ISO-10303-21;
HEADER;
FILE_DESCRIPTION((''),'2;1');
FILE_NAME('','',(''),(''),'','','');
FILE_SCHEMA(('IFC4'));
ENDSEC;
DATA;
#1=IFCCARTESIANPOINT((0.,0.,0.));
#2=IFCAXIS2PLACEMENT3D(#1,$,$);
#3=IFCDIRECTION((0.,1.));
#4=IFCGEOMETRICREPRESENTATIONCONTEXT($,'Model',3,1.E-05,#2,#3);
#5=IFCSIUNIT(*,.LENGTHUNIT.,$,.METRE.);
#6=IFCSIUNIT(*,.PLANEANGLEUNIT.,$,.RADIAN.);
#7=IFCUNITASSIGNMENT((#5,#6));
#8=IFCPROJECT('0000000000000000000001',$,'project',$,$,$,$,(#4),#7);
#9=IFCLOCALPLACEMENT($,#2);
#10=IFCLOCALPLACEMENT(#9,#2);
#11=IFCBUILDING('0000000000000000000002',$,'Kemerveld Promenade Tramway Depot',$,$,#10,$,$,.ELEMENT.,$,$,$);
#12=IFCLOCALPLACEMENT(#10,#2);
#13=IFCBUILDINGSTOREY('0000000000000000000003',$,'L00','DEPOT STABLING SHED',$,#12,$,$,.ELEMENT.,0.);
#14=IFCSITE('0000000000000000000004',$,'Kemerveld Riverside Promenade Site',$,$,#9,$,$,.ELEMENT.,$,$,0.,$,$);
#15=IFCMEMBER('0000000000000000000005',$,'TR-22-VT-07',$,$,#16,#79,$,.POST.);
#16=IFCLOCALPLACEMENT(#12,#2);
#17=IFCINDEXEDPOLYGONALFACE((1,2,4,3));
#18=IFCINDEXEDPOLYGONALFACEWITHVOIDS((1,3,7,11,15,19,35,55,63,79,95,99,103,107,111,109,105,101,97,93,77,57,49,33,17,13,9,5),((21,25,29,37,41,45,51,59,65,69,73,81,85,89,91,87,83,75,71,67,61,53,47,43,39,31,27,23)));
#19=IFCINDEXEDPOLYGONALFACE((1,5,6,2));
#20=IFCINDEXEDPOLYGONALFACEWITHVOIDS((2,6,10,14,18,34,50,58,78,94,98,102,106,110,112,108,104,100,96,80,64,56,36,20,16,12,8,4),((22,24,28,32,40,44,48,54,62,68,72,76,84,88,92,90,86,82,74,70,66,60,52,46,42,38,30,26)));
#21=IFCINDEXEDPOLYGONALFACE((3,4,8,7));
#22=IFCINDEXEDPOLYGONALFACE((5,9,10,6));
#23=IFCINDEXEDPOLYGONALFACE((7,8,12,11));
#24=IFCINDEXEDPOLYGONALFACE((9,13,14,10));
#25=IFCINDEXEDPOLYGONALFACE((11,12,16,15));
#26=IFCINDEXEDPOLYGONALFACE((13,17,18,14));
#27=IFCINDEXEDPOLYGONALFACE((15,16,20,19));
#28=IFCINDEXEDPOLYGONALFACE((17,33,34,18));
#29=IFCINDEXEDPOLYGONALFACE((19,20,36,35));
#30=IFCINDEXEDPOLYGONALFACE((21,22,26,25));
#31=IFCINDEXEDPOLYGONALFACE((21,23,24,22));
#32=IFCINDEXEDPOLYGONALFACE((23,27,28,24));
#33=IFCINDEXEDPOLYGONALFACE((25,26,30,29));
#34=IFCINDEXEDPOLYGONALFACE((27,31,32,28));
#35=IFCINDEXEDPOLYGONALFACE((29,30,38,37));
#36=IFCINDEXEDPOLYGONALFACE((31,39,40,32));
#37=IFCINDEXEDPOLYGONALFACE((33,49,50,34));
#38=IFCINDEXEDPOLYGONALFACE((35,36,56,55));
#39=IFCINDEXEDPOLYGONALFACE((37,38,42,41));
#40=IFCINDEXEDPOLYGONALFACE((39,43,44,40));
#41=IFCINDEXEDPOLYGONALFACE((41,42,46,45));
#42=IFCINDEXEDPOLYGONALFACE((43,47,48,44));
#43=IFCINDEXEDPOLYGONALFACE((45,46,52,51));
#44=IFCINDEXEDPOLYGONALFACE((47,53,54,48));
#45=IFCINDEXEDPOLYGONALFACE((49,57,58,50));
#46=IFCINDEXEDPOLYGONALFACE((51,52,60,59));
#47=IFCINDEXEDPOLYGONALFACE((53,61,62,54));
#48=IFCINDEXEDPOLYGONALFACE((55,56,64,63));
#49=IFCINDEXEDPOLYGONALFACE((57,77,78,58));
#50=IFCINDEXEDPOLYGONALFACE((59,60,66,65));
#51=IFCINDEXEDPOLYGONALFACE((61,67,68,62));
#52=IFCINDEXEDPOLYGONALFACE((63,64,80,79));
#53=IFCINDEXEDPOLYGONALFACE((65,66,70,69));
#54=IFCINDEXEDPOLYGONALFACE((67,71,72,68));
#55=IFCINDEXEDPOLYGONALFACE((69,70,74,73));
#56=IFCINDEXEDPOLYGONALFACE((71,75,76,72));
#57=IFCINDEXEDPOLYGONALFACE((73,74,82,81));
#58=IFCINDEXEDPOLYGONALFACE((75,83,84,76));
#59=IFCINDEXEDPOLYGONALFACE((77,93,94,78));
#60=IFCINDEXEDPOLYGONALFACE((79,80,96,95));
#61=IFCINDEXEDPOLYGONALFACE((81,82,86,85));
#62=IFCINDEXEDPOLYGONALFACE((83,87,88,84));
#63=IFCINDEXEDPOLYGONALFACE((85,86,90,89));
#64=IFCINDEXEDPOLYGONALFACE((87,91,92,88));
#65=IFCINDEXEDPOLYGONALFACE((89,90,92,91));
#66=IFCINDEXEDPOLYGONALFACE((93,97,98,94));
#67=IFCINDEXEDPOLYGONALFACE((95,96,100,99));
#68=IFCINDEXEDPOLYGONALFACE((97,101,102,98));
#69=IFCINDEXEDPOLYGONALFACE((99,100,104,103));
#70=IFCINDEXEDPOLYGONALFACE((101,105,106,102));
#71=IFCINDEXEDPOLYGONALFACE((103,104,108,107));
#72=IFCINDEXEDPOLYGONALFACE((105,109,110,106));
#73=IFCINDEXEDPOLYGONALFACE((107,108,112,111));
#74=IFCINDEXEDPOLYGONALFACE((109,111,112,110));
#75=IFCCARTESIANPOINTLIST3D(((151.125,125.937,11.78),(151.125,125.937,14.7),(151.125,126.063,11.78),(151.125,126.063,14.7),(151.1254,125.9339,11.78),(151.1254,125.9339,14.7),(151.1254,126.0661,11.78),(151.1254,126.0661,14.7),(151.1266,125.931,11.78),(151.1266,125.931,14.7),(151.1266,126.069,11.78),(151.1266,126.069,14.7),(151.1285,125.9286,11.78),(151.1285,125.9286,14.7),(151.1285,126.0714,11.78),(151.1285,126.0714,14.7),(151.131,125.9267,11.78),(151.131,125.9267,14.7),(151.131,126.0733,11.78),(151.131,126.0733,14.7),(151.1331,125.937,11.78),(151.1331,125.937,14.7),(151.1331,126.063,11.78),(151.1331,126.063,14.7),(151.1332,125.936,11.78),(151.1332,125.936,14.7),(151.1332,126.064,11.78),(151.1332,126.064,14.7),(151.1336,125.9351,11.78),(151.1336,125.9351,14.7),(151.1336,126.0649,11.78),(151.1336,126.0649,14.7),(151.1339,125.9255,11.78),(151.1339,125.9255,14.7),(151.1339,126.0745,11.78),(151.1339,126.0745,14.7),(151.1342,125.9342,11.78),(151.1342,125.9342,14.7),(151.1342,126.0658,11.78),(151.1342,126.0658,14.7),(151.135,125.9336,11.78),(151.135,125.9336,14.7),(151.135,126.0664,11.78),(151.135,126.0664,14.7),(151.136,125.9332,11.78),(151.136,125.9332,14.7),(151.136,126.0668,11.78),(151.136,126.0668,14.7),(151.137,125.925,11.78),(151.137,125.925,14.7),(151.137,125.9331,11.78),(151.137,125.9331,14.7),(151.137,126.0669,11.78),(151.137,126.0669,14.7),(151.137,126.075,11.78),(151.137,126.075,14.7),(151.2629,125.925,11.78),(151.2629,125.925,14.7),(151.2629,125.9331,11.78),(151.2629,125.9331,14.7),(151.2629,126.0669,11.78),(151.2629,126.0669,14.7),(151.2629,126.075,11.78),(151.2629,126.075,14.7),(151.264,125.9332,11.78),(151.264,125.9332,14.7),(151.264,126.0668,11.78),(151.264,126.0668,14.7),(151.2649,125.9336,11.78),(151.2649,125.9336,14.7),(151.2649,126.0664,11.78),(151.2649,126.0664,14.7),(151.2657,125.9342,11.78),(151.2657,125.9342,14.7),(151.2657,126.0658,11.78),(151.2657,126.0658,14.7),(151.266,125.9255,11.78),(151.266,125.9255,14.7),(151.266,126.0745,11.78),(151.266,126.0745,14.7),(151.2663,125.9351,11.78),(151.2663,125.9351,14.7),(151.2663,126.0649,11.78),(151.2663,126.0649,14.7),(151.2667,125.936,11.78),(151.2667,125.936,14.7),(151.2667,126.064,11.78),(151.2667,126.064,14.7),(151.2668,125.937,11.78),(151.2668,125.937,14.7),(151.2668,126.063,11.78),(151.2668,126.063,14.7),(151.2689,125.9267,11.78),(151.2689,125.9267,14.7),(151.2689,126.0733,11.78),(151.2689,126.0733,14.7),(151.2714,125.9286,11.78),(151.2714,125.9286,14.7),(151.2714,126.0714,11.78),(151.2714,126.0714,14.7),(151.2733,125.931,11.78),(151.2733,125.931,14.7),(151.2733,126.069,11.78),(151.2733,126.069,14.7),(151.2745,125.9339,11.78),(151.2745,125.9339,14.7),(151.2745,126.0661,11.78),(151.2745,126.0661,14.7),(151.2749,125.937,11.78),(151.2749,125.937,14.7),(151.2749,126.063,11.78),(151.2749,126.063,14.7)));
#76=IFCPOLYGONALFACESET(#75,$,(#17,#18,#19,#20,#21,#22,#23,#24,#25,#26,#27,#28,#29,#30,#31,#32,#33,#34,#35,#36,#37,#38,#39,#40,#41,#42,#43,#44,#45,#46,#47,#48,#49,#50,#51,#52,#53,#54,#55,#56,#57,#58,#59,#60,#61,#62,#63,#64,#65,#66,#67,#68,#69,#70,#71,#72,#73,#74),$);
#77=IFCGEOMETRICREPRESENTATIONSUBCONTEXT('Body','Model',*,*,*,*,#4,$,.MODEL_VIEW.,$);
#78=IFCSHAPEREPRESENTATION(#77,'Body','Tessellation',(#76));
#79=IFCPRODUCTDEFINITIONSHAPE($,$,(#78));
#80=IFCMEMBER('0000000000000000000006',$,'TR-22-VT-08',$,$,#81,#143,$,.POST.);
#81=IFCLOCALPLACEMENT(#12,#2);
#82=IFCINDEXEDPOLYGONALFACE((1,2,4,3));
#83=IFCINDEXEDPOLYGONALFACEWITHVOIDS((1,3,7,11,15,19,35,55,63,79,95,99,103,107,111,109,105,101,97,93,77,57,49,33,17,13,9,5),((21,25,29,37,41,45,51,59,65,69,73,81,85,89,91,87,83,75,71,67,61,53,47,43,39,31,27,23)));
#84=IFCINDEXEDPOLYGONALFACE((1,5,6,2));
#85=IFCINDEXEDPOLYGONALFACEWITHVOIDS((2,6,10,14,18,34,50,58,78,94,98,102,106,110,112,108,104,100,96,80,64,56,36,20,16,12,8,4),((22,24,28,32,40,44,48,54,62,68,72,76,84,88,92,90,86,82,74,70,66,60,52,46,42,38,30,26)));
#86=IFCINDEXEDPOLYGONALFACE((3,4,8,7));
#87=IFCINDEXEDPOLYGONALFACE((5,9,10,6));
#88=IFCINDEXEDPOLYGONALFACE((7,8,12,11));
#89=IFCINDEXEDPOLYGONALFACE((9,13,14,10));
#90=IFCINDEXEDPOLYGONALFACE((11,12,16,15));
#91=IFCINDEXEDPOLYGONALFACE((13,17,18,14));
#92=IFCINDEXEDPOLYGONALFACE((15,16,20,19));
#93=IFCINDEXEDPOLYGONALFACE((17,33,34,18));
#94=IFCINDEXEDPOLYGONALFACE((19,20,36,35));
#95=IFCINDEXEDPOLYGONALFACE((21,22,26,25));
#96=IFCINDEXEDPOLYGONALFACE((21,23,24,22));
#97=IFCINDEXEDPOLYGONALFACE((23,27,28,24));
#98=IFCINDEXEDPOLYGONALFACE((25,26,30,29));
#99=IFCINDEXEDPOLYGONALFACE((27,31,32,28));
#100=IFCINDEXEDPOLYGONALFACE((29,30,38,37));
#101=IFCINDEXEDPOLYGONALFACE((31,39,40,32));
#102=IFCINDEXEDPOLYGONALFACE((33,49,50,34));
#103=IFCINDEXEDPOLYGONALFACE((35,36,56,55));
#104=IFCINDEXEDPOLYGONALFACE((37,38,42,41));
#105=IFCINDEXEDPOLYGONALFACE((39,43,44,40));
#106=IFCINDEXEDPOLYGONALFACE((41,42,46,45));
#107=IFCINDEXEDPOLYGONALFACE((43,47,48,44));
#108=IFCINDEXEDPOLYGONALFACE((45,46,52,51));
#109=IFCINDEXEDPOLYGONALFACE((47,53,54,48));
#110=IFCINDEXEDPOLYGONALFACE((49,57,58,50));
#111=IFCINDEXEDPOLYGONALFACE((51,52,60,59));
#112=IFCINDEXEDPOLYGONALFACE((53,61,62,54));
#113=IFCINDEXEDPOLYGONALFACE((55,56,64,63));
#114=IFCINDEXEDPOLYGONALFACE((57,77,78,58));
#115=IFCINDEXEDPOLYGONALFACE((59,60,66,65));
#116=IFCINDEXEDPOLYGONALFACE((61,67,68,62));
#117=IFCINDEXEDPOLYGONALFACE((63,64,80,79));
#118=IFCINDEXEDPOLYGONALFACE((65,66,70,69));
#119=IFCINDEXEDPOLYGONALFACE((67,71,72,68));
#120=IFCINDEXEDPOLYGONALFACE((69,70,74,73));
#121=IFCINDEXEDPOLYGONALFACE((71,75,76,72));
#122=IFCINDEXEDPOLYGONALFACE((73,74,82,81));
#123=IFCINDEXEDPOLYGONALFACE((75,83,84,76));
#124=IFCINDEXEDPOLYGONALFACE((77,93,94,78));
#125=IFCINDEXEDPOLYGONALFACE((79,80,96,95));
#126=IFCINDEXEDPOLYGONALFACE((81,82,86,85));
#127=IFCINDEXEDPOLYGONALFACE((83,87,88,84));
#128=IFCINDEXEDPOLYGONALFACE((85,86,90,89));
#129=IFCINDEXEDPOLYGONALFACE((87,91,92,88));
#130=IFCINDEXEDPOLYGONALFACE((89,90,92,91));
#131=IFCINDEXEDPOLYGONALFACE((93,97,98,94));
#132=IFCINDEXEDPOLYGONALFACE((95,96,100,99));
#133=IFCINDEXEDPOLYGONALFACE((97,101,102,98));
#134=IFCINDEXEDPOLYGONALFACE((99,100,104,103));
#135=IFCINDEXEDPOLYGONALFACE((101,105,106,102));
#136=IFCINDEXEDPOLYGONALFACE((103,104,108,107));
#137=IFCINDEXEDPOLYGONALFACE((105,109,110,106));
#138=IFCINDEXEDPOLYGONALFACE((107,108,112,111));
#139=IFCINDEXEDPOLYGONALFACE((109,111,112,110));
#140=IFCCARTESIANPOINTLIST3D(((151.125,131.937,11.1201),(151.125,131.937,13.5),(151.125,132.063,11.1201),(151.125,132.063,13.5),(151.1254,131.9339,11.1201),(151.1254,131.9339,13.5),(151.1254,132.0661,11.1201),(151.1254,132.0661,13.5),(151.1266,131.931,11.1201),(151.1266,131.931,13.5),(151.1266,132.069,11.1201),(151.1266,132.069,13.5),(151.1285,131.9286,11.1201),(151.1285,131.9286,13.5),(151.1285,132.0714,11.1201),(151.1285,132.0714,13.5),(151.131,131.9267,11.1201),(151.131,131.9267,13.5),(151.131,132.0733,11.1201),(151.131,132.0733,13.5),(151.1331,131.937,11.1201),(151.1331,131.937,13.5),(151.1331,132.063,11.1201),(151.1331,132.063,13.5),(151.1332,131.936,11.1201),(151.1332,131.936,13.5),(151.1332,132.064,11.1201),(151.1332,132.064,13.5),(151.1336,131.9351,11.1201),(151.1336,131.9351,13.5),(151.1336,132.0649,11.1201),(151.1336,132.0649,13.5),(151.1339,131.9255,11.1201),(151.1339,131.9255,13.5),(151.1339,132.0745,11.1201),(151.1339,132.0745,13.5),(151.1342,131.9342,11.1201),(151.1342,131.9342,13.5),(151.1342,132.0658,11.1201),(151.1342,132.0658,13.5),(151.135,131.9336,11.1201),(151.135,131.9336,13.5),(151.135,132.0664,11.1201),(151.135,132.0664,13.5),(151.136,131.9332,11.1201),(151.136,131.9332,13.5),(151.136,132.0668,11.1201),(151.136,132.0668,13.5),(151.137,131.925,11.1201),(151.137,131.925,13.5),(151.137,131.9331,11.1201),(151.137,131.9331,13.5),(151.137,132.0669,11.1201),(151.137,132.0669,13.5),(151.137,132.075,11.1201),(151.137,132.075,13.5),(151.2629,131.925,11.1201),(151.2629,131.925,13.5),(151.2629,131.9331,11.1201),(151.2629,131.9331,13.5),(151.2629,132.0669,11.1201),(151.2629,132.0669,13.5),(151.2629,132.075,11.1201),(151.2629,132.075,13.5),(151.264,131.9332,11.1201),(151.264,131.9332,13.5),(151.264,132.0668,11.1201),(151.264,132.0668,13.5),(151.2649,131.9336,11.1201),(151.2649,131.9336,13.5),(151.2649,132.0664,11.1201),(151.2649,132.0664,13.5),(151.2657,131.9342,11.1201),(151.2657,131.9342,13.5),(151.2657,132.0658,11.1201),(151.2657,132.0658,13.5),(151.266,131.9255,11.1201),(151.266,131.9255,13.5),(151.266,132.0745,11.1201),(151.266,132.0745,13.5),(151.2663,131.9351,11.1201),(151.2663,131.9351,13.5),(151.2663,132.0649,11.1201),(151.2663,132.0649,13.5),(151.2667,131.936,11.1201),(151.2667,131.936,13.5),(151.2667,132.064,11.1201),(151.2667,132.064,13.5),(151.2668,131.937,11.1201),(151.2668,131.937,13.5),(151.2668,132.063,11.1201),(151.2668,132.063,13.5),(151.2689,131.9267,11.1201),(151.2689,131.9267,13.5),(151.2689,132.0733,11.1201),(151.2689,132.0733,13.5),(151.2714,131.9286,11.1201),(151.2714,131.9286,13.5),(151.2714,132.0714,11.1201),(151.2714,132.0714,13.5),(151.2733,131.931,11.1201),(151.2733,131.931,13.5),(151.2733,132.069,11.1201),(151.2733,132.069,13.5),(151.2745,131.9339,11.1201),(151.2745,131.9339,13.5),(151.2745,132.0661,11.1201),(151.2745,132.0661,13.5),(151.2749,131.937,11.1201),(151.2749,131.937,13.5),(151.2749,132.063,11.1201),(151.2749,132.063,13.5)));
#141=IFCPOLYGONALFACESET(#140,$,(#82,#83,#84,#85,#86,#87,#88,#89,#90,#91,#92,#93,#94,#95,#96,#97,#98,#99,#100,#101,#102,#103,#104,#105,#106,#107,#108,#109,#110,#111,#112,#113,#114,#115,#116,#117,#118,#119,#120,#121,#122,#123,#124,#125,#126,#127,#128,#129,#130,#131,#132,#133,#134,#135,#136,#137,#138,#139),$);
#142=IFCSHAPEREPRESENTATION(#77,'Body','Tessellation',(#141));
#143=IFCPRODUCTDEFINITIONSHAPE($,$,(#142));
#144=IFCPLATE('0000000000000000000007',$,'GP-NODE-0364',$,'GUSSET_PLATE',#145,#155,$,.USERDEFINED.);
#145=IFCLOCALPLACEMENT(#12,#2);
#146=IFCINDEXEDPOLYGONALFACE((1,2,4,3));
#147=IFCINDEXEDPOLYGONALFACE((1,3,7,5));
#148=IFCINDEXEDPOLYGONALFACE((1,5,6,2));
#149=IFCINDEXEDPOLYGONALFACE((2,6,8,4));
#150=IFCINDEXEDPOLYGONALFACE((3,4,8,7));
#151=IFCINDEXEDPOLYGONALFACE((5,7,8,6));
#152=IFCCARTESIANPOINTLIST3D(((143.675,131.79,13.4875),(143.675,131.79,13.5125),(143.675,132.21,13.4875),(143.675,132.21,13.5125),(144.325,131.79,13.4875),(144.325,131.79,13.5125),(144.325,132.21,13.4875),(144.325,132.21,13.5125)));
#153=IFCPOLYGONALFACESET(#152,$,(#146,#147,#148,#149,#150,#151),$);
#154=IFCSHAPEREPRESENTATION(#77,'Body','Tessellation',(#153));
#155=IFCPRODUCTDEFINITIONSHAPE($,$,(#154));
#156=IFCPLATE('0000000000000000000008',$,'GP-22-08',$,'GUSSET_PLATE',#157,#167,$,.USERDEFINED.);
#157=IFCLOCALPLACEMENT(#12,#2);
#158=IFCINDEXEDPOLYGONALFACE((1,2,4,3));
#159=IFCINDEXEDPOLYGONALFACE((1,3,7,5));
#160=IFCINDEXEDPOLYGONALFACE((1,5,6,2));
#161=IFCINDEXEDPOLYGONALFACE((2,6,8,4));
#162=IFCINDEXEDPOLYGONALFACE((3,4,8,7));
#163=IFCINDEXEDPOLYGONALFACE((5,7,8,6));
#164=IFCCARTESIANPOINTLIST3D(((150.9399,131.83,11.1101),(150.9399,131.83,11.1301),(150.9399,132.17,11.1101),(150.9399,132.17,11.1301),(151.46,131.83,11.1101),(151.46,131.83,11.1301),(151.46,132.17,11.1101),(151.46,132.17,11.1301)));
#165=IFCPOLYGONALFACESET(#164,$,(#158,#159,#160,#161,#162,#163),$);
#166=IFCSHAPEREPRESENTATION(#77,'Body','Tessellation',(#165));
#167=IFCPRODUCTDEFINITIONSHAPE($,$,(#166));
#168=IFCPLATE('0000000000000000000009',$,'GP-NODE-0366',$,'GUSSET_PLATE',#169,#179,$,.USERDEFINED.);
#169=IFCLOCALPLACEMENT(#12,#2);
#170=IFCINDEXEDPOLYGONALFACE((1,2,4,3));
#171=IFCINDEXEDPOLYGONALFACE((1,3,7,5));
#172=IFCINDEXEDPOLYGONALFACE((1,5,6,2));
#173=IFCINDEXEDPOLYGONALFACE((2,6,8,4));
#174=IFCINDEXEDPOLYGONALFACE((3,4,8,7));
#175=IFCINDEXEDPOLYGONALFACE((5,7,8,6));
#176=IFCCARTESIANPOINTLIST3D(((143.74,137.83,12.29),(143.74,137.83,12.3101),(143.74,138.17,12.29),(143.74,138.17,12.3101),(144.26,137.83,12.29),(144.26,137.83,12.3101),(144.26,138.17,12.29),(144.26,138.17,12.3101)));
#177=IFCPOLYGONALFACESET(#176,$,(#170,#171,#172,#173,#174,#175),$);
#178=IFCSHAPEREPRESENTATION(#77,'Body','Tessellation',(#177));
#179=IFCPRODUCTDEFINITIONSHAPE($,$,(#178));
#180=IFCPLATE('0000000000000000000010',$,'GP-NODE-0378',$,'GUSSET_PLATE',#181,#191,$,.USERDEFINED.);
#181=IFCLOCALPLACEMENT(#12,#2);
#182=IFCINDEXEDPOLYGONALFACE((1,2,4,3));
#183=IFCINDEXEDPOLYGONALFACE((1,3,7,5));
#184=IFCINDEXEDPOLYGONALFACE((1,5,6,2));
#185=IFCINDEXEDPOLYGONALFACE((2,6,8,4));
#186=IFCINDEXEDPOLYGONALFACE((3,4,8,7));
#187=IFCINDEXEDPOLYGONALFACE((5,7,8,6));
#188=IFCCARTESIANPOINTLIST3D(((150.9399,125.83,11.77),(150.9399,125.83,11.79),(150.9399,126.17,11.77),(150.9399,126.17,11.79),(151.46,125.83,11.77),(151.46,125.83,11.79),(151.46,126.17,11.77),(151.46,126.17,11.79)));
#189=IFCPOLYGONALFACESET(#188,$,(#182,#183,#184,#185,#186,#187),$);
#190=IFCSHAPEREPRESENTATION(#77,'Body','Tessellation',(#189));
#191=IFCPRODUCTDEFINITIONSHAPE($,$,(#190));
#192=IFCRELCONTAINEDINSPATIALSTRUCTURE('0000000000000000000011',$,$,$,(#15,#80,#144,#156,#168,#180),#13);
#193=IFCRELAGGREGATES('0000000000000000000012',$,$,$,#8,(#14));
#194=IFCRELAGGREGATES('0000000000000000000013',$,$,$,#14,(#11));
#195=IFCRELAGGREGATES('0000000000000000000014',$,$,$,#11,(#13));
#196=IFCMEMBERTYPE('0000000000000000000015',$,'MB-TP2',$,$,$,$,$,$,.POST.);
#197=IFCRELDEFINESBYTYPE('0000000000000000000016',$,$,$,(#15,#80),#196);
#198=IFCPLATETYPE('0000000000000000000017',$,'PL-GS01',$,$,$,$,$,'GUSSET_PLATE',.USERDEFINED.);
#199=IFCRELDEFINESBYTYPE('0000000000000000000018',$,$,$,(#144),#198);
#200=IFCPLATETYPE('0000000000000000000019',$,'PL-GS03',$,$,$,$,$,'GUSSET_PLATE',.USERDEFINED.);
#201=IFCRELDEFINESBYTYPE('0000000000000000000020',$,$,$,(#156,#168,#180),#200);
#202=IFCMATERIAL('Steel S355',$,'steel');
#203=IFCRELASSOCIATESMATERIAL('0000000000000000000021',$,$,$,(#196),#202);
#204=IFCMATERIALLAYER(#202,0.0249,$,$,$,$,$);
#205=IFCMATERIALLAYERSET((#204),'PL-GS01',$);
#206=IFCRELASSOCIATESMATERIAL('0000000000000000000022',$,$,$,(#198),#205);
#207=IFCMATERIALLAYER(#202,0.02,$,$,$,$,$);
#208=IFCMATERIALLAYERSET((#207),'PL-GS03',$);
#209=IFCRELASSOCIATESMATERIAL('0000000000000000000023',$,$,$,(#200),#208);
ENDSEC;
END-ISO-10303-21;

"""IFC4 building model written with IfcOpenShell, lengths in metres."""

from ifc_helpers import new_model, si_unit, direction, frame, origin, origin_2d, place, context, subcontext, project, spatial, rectangle, hollow_rectangle, extrude, material, layer, layer_set, material_profile, profile_set, type_object, element, save


model = new_model("IFC4")

# Units and contexts
model_context = context("Model", 3, precision=1e-05, world=origin(), true_north=direction((0.0, 1.0)))
body_context = subcontext(model_context, "Body", "Model", "MODEL_VIEW")
ifc_project = project(units=[si_unit("LENGTHUNIT", "METRE"), si_unit("PLANEANGLEUNIT", "RADIAN")], contexts=[model_context])

# Site, building, storey
site_placement = place(None, origin())
site = spatial("IfcSite", under=ifc_project, at=site_placement, Name="Kemerveld Riverside Promenade Site", CompositionType="ELEMENT", RefElevation=0.0)
building_placement = place(site_placement, origin())
building = spatial("IfcBuilding", under=site, at=building_placement, Name="Kemerveld Promenade Tramway Depot", CompositionType="ELEMENT")
storey_placement = place(building_placement, origin())
storey = spatial("IfcBuildingStorey", under=building, at=storey_placement, Name="L00", Description="DEPOT STABLING SHED", CompositionType="ELEMENT", Elevation=0.0)

# Members
ifc_material = material(Name="Steel S355", Category="steel")
ifc_material_profile_1 = material_profile(ifc_material, hollow_rectangle(XDim=0.1499, YDim=0.1499, WallThickness=0.0081, InnerFilletRadius=0.0039, OuterFilletRadius=0.012, at=origin_2d()), Name="150x150x8.0 SHS")
ifc_profile_set_1 = profile_set([ifc_material_profile_1], Name="Steel S355")
member_type_1 = type_object("IfcMemberType", Name="MB-TP2", PredefinedType="POST", material=ifc_profile_set_1)
member_1_placement = place(storey_placement, frame((151.2, 126.0, 11.78), z_axis=(0.0, 0.0, 1.0), x_axis=(1.0, 0.0, 0.0)))
element("IfcMember", 1, at=member_1_placement, inside=storey, type_object=member_type_1, Name="TR-22-VT-07", PredefinedType="POST", context=body_context, shape_type="SweptSolid", body=[
    extrude(hollow_rectangle(XDim=0.1499, YDim=0.1499, WallThickness=0.0081, InnerFilletRadius=0.0039, OuterFilletRadius=0.012, at=origin_2d()), origin(), (0.0, 0.0, 1.0), 2.9199),
])
member_2_placement = place(storey_placement, frame((151.2, 132.0, 11.1201), z_axis=(0.0, 0.0, 1.0), x_axis=(1.0, 0.0, 0.0)))
element("IfcMember", 2, at=member_2_placement, inside=storey, type_object=member_type_1, Name="TR-22-VT-08", PredefinedType="POST", context=body_context, shape_type="SweptSolid", body=[
    extrude(hollow_rectangle(XDim=0.1499, YDim=0.1499, WallThickness=0.0081, InnerFilletRadius=0.0039, OuterFilletRadius=0.012, at=origin_2d()), origin(), (0.0, 0.0, 1.0), 2.3799),
])

# Plates
ifc_layer_1 = layer(ifc_material, 0.0249)
ifc_layer_set_1 = layer_set([ifc_layer_1], Name="PL-GS01")
plate_type_1 = type_object("IfcPlateType", Name="PL-GS01", ElementType="GUSSET_PLATE", PredefinedType="USERDEFINED", material=ifc_layer_set_1)
plate_1_placement = place(storey_placement, frame((144.0, 132.0, 13.4875), z_axis=(0.0, 0.0, 1.0), x_axis=(1.0, 0.0, 0.0)))
element("IfcPlate", 3, at=plate_1_placement, inside=storey, type_object=plate_type_1, Name="GP-NODE-0364", ObjectType="GUSSET_PLATE", PredefinedType="USERDEFINED", context=body_context, shape_type="SweptSolid", body=[
    extrude(rectangle(XDim=0.6499, YDim=0.4199, at=origin_2d()), origin(), (0.0, 0.0, 1.0), 0.0249),
])
ifc_layer_2 = layer(ifc_material, 0.02)
ifc_layer_set_2 = layer_set([ifc_layer_2], Name="PL-GS03")
plate_type_2 = type_object("IfcPlateType", Name="PL-GS03", ElementType="GUSSET_PLATE", PredefinedType="USERDEFINED", material=ifc_layer_set_2)
for number, where, z_axis, x_axis, name in (
    (4, (151.2, 132.0, 11.1101), (0.0, 0.0, 1.0), (1.0, 0.0, 0.0), "GP-22-08"),
    (5, (144.0, 138.0, 12.29), (0.0, 0.0, 1.0), (1.0, 0.0, 0.0), "GP-NODE-0366"),
    (6, (151.2, 126.0, 11.77), (0.0, 0.0, 1.0), (1.0, 0.0, 0.0), "GP-NODE-0378"),
):
    element("IfcPlate", number, at=place(storey_placement, frame(where, z_axis=z_axis, x_axis=x_axis)), inside=storey, type_object=plate_type_2, Name=name, ObjectType="GUSSET_PLATE", PredefinedType="USERDEFINED", context=body_context, shape_type="SweptSolid", body=[
        extrude(rectangle(XDim=0.52, YDim=0.3401, at=origin_2d()), origin(), (0.0, 0.0, 1.0), 0.02),
    ])

save(model, "model.ifc")
